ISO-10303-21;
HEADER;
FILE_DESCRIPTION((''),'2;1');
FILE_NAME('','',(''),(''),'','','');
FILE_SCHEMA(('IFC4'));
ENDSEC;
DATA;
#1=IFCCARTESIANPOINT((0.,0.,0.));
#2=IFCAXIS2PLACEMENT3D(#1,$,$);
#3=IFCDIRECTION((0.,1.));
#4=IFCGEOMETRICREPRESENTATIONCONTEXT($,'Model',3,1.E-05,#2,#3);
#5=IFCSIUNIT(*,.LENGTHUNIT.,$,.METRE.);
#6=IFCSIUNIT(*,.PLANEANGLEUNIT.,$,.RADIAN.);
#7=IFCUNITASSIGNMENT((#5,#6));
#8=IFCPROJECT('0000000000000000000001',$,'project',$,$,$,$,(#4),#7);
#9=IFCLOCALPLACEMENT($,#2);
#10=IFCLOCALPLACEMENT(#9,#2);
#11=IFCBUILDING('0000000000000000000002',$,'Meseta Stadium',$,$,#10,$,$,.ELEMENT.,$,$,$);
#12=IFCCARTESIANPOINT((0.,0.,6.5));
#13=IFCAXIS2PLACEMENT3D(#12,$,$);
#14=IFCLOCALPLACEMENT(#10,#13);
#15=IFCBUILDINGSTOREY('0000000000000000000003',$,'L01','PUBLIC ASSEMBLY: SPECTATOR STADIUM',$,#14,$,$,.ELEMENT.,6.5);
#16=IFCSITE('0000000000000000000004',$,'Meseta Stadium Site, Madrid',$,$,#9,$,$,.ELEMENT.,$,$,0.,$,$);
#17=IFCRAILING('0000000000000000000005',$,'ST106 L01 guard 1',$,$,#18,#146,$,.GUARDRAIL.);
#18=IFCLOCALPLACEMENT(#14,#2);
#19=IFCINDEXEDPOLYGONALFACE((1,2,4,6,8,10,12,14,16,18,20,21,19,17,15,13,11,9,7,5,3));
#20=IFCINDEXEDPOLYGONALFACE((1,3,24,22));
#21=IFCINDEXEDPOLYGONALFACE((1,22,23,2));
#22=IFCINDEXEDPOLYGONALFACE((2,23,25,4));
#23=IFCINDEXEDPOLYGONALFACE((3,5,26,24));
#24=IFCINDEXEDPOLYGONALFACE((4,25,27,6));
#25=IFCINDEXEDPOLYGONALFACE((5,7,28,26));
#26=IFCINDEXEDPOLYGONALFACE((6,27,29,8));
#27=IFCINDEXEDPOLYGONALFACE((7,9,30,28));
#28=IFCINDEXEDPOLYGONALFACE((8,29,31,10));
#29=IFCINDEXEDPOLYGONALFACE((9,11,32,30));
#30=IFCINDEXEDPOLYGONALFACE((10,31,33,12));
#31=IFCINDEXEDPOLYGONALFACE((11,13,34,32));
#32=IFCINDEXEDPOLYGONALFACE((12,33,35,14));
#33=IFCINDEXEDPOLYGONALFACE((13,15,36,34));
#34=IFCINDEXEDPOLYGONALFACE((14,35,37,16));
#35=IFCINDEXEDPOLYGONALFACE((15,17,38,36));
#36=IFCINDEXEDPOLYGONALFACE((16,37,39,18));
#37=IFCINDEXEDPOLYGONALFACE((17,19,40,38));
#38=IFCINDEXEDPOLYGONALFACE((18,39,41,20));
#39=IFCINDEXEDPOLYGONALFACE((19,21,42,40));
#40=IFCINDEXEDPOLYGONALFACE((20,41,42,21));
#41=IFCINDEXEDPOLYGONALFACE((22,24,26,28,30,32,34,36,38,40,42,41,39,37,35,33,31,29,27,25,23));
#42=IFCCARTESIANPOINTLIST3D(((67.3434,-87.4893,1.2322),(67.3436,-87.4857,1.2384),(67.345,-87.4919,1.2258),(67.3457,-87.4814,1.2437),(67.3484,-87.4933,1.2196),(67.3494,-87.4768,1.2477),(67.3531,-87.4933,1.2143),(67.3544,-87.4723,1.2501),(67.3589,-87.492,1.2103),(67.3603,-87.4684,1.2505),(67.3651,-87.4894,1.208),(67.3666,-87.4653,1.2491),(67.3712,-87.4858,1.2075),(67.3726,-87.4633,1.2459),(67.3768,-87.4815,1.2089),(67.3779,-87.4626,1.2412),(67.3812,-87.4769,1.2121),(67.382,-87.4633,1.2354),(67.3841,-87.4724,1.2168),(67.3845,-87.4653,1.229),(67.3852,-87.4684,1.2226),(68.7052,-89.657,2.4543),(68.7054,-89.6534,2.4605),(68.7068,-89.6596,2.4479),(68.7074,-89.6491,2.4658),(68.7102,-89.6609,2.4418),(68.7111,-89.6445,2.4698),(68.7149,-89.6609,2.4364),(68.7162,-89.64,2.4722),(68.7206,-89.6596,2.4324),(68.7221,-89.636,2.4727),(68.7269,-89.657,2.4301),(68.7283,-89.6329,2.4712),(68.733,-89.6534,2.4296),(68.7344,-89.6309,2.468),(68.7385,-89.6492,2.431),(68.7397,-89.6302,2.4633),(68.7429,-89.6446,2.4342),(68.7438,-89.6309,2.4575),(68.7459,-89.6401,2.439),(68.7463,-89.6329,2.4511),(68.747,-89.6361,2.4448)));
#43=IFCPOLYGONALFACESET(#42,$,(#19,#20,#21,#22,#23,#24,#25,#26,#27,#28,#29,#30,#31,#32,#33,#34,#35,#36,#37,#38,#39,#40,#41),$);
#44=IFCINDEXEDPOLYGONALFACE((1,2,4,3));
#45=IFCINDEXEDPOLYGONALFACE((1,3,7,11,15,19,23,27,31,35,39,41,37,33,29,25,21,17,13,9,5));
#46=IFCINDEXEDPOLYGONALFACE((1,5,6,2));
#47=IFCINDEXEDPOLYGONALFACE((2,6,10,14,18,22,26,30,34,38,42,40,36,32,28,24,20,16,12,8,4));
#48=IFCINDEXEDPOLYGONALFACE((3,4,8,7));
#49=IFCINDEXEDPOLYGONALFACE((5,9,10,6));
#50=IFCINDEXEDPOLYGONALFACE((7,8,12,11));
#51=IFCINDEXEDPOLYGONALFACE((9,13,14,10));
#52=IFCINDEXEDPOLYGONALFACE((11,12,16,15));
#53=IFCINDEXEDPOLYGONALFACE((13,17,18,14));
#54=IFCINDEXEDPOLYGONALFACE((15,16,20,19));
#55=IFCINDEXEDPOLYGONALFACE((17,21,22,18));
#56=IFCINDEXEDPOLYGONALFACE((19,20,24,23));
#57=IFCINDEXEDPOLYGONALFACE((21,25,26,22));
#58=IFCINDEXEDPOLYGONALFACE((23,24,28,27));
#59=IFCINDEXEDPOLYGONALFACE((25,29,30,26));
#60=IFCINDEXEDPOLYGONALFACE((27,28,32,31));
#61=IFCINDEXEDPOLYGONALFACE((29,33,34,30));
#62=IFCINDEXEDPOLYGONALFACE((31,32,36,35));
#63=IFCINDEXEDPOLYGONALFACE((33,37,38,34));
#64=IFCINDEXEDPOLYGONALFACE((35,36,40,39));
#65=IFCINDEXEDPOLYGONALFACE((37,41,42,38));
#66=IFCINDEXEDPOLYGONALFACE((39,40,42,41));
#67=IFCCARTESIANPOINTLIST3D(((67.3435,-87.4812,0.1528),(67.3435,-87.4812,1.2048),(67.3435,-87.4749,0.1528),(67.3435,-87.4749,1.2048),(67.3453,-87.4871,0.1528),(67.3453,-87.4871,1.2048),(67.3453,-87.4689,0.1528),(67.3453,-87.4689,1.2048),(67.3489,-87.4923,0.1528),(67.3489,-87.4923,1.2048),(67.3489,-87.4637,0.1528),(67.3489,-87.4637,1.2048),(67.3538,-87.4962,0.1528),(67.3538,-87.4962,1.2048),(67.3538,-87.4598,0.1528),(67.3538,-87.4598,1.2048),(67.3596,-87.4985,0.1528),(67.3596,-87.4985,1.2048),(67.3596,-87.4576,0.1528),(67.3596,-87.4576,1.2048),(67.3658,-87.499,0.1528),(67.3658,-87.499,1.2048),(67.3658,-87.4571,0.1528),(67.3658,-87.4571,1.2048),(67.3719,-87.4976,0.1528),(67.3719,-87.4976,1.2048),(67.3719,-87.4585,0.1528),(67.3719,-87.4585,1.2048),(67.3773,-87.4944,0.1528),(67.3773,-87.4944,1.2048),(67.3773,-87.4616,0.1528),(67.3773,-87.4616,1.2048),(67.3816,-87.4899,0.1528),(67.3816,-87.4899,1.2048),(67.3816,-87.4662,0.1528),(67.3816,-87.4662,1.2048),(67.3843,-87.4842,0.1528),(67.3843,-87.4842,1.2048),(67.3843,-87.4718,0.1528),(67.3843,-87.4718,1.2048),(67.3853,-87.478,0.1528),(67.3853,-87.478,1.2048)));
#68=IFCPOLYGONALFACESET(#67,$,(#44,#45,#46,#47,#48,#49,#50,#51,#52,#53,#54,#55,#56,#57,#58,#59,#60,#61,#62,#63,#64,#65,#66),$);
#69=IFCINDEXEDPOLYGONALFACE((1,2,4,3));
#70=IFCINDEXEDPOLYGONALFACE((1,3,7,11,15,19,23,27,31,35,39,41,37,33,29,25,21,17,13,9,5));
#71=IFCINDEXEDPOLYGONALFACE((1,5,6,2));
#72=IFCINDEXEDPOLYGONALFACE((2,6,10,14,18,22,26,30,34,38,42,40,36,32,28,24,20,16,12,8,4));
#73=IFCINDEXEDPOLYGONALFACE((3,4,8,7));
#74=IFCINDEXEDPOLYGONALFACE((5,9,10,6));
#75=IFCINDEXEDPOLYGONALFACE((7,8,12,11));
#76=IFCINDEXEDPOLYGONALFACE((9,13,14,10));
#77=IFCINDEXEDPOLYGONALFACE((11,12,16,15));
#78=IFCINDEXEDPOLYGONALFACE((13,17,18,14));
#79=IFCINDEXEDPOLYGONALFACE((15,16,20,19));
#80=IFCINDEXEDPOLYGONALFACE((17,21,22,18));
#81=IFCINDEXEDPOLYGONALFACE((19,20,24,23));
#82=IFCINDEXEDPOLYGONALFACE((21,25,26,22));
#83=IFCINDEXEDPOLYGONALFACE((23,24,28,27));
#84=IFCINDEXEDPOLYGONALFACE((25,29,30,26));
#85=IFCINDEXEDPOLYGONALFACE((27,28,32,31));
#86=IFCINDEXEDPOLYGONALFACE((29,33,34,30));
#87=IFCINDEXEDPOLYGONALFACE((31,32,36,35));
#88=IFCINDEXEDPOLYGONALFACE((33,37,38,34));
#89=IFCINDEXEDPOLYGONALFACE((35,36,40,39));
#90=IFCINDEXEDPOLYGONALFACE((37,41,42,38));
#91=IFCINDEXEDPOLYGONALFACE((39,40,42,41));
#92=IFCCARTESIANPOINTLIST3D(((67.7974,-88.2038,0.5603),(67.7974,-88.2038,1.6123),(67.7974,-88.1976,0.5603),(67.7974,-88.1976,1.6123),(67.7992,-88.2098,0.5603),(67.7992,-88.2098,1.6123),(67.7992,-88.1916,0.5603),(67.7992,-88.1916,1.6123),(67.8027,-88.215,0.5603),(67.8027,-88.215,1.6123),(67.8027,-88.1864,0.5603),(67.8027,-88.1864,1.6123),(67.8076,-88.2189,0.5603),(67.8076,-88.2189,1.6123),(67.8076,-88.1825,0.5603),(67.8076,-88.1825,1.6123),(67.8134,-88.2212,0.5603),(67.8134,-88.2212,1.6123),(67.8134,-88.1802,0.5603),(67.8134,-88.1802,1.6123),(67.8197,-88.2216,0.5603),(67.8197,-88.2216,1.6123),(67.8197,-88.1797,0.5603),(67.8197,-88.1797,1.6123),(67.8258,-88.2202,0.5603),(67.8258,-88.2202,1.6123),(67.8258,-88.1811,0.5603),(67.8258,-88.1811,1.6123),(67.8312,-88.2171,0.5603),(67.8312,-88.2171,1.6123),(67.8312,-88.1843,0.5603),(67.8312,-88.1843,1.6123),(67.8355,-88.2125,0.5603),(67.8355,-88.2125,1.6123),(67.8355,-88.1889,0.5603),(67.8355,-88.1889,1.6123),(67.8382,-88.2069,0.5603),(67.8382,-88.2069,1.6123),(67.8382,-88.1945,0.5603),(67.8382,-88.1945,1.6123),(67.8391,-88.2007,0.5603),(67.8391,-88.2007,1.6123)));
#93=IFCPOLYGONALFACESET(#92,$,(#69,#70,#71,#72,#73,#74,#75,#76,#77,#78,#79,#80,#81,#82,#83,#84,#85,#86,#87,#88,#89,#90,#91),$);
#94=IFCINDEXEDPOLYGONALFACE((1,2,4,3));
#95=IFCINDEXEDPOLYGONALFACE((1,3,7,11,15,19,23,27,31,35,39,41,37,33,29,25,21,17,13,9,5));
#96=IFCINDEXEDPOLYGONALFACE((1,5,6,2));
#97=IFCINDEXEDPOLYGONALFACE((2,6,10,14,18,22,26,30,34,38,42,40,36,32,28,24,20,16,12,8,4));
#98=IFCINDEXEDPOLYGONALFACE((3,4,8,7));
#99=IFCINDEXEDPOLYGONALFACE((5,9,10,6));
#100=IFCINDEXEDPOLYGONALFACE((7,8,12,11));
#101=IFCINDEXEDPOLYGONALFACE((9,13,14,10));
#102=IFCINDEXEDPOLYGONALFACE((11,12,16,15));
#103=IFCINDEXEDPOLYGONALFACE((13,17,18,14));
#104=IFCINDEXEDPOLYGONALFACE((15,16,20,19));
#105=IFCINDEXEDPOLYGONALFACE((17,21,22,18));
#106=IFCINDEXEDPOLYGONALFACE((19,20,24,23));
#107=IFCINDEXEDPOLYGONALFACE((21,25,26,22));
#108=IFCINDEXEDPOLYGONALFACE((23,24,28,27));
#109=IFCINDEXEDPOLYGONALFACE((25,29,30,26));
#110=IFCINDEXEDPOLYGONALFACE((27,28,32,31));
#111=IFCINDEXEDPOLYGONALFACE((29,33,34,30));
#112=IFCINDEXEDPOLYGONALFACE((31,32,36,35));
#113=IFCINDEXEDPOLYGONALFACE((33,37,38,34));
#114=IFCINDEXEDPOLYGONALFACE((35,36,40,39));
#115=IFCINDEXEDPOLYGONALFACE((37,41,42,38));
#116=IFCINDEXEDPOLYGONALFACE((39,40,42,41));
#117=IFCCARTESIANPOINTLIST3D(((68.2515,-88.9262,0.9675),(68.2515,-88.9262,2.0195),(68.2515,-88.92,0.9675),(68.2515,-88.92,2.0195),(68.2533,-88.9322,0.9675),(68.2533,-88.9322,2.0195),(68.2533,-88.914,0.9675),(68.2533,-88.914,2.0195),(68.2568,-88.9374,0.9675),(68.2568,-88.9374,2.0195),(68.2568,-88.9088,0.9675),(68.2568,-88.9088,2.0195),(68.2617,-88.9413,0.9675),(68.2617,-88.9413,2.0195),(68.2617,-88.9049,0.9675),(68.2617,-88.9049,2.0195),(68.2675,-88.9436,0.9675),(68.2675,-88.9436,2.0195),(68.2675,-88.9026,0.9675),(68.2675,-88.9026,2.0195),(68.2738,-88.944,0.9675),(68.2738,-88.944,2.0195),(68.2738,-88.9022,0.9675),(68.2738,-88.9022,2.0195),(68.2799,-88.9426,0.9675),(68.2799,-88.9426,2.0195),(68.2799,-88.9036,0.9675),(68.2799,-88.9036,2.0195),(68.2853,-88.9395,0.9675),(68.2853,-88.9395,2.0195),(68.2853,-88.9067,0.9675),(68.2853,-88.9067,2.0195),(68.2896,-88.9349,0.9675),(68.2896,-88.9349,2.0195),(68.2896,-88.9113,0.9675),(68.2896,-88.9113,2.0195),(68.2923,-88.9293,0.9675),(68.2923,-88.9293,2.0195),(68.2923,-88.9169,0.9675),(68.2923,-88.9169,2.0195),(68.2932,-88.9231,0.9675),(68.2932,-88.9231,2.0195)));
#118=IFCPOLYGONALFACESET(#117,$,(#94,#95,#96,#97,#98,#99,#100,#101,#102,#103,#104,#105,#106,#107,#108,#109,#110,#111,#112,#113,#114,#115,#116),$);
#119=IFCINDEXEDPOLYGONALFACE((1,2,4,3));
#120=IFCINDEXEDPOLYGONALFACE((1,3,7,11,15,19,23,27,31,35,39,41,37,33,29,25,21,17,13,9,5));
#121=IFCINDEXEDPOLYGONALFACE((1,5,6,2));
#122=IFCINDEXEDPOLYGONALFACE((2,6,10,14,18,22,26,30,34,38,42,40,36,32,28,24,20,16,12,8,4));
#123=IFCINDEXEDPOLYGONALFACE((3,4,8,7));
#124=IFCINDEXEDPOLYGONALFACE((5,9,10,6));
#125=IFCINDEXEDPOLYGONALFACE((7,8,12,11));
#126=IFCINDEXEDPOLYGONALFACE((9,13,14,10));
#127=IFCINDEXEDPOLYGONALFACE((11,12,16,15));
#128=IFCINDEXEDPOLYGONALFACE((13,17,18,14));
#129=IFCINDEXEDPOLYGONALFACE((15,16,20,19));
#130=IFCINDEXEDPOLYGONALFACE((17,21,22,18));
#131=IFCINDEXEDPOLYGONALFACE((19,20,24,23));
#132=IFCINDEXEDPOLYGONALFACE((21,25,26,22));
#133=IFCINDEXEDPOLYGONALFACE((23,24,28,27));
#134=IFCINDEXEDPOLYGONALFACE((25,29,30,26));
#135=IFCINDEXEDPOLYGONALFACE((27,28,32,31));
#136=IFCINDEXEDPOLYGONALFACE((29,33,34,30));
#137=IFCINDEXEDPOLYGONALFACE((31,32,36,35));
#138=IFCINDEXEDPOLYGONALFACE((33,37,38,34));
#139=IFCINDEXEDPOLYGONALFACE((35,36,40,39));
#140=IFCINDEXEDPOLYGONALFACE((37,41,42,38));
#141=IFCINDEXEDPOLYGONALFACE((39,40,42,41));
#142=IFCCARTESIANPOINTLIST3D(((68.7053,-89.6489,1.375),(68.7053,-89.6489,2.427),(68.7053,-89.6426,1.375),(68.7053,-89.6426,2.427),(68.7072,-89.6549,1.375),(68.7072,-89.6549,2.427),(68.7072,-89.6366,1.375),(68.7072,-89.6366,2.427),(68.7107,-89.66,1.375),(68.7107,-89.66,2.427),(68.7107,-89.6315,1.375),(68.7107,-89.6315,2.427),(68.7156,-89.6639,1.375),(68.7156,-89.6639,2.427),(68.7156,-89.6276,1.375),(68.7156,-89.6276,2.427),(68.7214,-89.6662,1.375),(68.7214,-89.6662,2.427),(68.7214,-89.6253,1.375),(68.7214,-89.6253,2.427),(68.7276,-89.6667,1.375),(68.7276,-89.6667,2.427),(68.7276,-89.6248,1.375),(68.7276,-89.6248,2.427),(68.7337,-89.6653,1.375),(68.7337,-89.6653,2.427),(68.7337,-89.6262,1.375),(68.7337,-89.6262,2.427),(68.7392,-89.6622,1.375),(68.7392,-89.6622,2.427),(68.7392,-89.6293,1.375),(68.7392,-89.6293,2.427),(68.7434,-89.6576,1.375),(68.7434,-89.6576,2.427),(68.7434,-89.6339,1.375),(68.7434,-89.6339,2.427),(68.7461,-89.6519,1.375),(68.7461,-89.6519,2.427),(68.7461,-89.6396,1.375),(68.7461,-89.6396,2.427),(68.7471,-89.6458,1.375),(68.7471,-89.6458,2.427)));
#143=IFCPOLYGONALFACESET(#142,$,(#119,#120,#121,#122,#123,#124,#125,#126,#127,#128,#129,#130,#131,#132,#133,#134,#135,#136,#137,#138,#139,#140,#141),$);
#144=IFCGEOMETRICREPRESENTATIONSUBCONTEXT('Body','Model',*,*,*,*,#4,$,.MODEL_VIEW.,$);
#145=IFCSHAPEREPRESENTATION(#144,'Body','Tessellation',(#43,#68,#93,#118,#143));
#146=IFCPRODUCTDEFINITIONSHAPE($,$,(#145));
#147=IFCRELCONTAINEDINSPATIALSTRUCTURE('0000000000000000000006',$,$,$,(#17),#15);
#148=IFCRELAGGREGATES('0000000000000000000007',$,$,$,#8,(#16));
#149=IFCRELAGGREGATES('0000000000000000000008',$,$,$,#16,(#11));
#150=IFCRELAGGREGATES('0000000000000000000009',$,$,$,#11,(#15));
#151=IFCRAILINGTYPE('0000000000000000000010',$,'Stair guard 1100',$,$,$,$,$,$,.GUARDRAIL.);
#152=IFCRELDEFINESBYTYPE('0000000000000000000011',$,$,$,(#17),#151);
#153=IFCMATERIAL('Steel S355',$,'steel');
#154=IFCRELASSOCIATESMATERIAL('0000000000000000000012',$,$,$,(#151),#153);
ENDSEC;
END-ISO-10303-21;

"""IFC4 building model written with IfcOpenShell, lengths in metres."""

from ifc_helpers import new_model, si_unit, direction, frame, origin, origin_2d, place, context, subcontext, project, spatial, circle, extrude, material, type_object, element, save


model = new_model("IFC4")

# Units and contexts
model_context = context("Model", 3, precision=1e-05, world=origin(), true_north=direction((0.0, 1.0)))
body_context = subcontext(model_context, "Body", "Model", "MODEL_VIEW")
ifc_project = project(units=[si_unit("LENGTHUNIT", "METRE"), si_unit("PLANEANGLEUNIT", "RADIAN")], contexts=[model_context])

# Site, building, storey
site_placement = place(None, origin())
site = spatial("IfcSite", under=ifc_project, at=site_placement, Name="Meseta Stadium Site, Madrid", CompositionType="ELEMENT", RefElevation=0.0)
building_placement = place(site_placement, origin())
building = spatial("IfcBuilding", under=site, at=building_placement, Name="Meseta Stadium", CompositionType="ELEMENT")
storey_placement = place(building_placement, frame((0.0, 0.0, 6.5)))
storey = spatial("IfcBuildingStorey", under=building, at=storey_placement, Name="L01", Description="PUBLIC ASSEMBLY: SPECTATOR STADIUM", CompositionType="ELEMENT", Elevation=6.5)

# Railing
ifc_material_1 = material(Name="Steel S355", Category="steel")
railing_type_1 = type_object("IfcRailingType", Name="Stair guard 1100", PredefinedType="GUARDRAIL", material=ifc_material_1)
railing_1_placement = place(storey_placement, frame((67.3643, -87.478, 0.1528)))
element("IfcRailing", 1, at=railing_1_placement, inside=storey, type_object=railing_type_1, Name="ST106 L01 guard 1", PredefinedType="GUARDRAIL", context=body_context, shape_type="SweptSolid", body=[
    extrude(circle(Radius=0.0239, at=origin_2d()), frame((0.0, 0.0, 1.0762), z_axis=(0.480059, -0.764152, 0.430831), x_axis=(0.846769, 0.531961, 0.0)), (0.0, 0.0, 1.0), 2.8367),
    extrude(circle(Radius=0.021, at=origin_2d()), origin(), (0.0, 0.0, 1.0), 1.052),
    extrude(circle(Radius=0.021, at=origin_2d()), frame((0.4539, -0.7227, 0.4075)), (0.0, 0.0, 1.0), 1.052),
    extrude(circle(Radius=0.021, at=origin_2d()), frame((0.908, -1.4451, 0.8147)), (0.0, 0.0, 1.0), 1.052),
    extrude(circle(Radius=0.021, at=origin_2d()), frame((1.3618, -2.1677, 1.2222)), (0.0, 0.0, 1.0), 1.052),
])

save(model, "model.ifc")
